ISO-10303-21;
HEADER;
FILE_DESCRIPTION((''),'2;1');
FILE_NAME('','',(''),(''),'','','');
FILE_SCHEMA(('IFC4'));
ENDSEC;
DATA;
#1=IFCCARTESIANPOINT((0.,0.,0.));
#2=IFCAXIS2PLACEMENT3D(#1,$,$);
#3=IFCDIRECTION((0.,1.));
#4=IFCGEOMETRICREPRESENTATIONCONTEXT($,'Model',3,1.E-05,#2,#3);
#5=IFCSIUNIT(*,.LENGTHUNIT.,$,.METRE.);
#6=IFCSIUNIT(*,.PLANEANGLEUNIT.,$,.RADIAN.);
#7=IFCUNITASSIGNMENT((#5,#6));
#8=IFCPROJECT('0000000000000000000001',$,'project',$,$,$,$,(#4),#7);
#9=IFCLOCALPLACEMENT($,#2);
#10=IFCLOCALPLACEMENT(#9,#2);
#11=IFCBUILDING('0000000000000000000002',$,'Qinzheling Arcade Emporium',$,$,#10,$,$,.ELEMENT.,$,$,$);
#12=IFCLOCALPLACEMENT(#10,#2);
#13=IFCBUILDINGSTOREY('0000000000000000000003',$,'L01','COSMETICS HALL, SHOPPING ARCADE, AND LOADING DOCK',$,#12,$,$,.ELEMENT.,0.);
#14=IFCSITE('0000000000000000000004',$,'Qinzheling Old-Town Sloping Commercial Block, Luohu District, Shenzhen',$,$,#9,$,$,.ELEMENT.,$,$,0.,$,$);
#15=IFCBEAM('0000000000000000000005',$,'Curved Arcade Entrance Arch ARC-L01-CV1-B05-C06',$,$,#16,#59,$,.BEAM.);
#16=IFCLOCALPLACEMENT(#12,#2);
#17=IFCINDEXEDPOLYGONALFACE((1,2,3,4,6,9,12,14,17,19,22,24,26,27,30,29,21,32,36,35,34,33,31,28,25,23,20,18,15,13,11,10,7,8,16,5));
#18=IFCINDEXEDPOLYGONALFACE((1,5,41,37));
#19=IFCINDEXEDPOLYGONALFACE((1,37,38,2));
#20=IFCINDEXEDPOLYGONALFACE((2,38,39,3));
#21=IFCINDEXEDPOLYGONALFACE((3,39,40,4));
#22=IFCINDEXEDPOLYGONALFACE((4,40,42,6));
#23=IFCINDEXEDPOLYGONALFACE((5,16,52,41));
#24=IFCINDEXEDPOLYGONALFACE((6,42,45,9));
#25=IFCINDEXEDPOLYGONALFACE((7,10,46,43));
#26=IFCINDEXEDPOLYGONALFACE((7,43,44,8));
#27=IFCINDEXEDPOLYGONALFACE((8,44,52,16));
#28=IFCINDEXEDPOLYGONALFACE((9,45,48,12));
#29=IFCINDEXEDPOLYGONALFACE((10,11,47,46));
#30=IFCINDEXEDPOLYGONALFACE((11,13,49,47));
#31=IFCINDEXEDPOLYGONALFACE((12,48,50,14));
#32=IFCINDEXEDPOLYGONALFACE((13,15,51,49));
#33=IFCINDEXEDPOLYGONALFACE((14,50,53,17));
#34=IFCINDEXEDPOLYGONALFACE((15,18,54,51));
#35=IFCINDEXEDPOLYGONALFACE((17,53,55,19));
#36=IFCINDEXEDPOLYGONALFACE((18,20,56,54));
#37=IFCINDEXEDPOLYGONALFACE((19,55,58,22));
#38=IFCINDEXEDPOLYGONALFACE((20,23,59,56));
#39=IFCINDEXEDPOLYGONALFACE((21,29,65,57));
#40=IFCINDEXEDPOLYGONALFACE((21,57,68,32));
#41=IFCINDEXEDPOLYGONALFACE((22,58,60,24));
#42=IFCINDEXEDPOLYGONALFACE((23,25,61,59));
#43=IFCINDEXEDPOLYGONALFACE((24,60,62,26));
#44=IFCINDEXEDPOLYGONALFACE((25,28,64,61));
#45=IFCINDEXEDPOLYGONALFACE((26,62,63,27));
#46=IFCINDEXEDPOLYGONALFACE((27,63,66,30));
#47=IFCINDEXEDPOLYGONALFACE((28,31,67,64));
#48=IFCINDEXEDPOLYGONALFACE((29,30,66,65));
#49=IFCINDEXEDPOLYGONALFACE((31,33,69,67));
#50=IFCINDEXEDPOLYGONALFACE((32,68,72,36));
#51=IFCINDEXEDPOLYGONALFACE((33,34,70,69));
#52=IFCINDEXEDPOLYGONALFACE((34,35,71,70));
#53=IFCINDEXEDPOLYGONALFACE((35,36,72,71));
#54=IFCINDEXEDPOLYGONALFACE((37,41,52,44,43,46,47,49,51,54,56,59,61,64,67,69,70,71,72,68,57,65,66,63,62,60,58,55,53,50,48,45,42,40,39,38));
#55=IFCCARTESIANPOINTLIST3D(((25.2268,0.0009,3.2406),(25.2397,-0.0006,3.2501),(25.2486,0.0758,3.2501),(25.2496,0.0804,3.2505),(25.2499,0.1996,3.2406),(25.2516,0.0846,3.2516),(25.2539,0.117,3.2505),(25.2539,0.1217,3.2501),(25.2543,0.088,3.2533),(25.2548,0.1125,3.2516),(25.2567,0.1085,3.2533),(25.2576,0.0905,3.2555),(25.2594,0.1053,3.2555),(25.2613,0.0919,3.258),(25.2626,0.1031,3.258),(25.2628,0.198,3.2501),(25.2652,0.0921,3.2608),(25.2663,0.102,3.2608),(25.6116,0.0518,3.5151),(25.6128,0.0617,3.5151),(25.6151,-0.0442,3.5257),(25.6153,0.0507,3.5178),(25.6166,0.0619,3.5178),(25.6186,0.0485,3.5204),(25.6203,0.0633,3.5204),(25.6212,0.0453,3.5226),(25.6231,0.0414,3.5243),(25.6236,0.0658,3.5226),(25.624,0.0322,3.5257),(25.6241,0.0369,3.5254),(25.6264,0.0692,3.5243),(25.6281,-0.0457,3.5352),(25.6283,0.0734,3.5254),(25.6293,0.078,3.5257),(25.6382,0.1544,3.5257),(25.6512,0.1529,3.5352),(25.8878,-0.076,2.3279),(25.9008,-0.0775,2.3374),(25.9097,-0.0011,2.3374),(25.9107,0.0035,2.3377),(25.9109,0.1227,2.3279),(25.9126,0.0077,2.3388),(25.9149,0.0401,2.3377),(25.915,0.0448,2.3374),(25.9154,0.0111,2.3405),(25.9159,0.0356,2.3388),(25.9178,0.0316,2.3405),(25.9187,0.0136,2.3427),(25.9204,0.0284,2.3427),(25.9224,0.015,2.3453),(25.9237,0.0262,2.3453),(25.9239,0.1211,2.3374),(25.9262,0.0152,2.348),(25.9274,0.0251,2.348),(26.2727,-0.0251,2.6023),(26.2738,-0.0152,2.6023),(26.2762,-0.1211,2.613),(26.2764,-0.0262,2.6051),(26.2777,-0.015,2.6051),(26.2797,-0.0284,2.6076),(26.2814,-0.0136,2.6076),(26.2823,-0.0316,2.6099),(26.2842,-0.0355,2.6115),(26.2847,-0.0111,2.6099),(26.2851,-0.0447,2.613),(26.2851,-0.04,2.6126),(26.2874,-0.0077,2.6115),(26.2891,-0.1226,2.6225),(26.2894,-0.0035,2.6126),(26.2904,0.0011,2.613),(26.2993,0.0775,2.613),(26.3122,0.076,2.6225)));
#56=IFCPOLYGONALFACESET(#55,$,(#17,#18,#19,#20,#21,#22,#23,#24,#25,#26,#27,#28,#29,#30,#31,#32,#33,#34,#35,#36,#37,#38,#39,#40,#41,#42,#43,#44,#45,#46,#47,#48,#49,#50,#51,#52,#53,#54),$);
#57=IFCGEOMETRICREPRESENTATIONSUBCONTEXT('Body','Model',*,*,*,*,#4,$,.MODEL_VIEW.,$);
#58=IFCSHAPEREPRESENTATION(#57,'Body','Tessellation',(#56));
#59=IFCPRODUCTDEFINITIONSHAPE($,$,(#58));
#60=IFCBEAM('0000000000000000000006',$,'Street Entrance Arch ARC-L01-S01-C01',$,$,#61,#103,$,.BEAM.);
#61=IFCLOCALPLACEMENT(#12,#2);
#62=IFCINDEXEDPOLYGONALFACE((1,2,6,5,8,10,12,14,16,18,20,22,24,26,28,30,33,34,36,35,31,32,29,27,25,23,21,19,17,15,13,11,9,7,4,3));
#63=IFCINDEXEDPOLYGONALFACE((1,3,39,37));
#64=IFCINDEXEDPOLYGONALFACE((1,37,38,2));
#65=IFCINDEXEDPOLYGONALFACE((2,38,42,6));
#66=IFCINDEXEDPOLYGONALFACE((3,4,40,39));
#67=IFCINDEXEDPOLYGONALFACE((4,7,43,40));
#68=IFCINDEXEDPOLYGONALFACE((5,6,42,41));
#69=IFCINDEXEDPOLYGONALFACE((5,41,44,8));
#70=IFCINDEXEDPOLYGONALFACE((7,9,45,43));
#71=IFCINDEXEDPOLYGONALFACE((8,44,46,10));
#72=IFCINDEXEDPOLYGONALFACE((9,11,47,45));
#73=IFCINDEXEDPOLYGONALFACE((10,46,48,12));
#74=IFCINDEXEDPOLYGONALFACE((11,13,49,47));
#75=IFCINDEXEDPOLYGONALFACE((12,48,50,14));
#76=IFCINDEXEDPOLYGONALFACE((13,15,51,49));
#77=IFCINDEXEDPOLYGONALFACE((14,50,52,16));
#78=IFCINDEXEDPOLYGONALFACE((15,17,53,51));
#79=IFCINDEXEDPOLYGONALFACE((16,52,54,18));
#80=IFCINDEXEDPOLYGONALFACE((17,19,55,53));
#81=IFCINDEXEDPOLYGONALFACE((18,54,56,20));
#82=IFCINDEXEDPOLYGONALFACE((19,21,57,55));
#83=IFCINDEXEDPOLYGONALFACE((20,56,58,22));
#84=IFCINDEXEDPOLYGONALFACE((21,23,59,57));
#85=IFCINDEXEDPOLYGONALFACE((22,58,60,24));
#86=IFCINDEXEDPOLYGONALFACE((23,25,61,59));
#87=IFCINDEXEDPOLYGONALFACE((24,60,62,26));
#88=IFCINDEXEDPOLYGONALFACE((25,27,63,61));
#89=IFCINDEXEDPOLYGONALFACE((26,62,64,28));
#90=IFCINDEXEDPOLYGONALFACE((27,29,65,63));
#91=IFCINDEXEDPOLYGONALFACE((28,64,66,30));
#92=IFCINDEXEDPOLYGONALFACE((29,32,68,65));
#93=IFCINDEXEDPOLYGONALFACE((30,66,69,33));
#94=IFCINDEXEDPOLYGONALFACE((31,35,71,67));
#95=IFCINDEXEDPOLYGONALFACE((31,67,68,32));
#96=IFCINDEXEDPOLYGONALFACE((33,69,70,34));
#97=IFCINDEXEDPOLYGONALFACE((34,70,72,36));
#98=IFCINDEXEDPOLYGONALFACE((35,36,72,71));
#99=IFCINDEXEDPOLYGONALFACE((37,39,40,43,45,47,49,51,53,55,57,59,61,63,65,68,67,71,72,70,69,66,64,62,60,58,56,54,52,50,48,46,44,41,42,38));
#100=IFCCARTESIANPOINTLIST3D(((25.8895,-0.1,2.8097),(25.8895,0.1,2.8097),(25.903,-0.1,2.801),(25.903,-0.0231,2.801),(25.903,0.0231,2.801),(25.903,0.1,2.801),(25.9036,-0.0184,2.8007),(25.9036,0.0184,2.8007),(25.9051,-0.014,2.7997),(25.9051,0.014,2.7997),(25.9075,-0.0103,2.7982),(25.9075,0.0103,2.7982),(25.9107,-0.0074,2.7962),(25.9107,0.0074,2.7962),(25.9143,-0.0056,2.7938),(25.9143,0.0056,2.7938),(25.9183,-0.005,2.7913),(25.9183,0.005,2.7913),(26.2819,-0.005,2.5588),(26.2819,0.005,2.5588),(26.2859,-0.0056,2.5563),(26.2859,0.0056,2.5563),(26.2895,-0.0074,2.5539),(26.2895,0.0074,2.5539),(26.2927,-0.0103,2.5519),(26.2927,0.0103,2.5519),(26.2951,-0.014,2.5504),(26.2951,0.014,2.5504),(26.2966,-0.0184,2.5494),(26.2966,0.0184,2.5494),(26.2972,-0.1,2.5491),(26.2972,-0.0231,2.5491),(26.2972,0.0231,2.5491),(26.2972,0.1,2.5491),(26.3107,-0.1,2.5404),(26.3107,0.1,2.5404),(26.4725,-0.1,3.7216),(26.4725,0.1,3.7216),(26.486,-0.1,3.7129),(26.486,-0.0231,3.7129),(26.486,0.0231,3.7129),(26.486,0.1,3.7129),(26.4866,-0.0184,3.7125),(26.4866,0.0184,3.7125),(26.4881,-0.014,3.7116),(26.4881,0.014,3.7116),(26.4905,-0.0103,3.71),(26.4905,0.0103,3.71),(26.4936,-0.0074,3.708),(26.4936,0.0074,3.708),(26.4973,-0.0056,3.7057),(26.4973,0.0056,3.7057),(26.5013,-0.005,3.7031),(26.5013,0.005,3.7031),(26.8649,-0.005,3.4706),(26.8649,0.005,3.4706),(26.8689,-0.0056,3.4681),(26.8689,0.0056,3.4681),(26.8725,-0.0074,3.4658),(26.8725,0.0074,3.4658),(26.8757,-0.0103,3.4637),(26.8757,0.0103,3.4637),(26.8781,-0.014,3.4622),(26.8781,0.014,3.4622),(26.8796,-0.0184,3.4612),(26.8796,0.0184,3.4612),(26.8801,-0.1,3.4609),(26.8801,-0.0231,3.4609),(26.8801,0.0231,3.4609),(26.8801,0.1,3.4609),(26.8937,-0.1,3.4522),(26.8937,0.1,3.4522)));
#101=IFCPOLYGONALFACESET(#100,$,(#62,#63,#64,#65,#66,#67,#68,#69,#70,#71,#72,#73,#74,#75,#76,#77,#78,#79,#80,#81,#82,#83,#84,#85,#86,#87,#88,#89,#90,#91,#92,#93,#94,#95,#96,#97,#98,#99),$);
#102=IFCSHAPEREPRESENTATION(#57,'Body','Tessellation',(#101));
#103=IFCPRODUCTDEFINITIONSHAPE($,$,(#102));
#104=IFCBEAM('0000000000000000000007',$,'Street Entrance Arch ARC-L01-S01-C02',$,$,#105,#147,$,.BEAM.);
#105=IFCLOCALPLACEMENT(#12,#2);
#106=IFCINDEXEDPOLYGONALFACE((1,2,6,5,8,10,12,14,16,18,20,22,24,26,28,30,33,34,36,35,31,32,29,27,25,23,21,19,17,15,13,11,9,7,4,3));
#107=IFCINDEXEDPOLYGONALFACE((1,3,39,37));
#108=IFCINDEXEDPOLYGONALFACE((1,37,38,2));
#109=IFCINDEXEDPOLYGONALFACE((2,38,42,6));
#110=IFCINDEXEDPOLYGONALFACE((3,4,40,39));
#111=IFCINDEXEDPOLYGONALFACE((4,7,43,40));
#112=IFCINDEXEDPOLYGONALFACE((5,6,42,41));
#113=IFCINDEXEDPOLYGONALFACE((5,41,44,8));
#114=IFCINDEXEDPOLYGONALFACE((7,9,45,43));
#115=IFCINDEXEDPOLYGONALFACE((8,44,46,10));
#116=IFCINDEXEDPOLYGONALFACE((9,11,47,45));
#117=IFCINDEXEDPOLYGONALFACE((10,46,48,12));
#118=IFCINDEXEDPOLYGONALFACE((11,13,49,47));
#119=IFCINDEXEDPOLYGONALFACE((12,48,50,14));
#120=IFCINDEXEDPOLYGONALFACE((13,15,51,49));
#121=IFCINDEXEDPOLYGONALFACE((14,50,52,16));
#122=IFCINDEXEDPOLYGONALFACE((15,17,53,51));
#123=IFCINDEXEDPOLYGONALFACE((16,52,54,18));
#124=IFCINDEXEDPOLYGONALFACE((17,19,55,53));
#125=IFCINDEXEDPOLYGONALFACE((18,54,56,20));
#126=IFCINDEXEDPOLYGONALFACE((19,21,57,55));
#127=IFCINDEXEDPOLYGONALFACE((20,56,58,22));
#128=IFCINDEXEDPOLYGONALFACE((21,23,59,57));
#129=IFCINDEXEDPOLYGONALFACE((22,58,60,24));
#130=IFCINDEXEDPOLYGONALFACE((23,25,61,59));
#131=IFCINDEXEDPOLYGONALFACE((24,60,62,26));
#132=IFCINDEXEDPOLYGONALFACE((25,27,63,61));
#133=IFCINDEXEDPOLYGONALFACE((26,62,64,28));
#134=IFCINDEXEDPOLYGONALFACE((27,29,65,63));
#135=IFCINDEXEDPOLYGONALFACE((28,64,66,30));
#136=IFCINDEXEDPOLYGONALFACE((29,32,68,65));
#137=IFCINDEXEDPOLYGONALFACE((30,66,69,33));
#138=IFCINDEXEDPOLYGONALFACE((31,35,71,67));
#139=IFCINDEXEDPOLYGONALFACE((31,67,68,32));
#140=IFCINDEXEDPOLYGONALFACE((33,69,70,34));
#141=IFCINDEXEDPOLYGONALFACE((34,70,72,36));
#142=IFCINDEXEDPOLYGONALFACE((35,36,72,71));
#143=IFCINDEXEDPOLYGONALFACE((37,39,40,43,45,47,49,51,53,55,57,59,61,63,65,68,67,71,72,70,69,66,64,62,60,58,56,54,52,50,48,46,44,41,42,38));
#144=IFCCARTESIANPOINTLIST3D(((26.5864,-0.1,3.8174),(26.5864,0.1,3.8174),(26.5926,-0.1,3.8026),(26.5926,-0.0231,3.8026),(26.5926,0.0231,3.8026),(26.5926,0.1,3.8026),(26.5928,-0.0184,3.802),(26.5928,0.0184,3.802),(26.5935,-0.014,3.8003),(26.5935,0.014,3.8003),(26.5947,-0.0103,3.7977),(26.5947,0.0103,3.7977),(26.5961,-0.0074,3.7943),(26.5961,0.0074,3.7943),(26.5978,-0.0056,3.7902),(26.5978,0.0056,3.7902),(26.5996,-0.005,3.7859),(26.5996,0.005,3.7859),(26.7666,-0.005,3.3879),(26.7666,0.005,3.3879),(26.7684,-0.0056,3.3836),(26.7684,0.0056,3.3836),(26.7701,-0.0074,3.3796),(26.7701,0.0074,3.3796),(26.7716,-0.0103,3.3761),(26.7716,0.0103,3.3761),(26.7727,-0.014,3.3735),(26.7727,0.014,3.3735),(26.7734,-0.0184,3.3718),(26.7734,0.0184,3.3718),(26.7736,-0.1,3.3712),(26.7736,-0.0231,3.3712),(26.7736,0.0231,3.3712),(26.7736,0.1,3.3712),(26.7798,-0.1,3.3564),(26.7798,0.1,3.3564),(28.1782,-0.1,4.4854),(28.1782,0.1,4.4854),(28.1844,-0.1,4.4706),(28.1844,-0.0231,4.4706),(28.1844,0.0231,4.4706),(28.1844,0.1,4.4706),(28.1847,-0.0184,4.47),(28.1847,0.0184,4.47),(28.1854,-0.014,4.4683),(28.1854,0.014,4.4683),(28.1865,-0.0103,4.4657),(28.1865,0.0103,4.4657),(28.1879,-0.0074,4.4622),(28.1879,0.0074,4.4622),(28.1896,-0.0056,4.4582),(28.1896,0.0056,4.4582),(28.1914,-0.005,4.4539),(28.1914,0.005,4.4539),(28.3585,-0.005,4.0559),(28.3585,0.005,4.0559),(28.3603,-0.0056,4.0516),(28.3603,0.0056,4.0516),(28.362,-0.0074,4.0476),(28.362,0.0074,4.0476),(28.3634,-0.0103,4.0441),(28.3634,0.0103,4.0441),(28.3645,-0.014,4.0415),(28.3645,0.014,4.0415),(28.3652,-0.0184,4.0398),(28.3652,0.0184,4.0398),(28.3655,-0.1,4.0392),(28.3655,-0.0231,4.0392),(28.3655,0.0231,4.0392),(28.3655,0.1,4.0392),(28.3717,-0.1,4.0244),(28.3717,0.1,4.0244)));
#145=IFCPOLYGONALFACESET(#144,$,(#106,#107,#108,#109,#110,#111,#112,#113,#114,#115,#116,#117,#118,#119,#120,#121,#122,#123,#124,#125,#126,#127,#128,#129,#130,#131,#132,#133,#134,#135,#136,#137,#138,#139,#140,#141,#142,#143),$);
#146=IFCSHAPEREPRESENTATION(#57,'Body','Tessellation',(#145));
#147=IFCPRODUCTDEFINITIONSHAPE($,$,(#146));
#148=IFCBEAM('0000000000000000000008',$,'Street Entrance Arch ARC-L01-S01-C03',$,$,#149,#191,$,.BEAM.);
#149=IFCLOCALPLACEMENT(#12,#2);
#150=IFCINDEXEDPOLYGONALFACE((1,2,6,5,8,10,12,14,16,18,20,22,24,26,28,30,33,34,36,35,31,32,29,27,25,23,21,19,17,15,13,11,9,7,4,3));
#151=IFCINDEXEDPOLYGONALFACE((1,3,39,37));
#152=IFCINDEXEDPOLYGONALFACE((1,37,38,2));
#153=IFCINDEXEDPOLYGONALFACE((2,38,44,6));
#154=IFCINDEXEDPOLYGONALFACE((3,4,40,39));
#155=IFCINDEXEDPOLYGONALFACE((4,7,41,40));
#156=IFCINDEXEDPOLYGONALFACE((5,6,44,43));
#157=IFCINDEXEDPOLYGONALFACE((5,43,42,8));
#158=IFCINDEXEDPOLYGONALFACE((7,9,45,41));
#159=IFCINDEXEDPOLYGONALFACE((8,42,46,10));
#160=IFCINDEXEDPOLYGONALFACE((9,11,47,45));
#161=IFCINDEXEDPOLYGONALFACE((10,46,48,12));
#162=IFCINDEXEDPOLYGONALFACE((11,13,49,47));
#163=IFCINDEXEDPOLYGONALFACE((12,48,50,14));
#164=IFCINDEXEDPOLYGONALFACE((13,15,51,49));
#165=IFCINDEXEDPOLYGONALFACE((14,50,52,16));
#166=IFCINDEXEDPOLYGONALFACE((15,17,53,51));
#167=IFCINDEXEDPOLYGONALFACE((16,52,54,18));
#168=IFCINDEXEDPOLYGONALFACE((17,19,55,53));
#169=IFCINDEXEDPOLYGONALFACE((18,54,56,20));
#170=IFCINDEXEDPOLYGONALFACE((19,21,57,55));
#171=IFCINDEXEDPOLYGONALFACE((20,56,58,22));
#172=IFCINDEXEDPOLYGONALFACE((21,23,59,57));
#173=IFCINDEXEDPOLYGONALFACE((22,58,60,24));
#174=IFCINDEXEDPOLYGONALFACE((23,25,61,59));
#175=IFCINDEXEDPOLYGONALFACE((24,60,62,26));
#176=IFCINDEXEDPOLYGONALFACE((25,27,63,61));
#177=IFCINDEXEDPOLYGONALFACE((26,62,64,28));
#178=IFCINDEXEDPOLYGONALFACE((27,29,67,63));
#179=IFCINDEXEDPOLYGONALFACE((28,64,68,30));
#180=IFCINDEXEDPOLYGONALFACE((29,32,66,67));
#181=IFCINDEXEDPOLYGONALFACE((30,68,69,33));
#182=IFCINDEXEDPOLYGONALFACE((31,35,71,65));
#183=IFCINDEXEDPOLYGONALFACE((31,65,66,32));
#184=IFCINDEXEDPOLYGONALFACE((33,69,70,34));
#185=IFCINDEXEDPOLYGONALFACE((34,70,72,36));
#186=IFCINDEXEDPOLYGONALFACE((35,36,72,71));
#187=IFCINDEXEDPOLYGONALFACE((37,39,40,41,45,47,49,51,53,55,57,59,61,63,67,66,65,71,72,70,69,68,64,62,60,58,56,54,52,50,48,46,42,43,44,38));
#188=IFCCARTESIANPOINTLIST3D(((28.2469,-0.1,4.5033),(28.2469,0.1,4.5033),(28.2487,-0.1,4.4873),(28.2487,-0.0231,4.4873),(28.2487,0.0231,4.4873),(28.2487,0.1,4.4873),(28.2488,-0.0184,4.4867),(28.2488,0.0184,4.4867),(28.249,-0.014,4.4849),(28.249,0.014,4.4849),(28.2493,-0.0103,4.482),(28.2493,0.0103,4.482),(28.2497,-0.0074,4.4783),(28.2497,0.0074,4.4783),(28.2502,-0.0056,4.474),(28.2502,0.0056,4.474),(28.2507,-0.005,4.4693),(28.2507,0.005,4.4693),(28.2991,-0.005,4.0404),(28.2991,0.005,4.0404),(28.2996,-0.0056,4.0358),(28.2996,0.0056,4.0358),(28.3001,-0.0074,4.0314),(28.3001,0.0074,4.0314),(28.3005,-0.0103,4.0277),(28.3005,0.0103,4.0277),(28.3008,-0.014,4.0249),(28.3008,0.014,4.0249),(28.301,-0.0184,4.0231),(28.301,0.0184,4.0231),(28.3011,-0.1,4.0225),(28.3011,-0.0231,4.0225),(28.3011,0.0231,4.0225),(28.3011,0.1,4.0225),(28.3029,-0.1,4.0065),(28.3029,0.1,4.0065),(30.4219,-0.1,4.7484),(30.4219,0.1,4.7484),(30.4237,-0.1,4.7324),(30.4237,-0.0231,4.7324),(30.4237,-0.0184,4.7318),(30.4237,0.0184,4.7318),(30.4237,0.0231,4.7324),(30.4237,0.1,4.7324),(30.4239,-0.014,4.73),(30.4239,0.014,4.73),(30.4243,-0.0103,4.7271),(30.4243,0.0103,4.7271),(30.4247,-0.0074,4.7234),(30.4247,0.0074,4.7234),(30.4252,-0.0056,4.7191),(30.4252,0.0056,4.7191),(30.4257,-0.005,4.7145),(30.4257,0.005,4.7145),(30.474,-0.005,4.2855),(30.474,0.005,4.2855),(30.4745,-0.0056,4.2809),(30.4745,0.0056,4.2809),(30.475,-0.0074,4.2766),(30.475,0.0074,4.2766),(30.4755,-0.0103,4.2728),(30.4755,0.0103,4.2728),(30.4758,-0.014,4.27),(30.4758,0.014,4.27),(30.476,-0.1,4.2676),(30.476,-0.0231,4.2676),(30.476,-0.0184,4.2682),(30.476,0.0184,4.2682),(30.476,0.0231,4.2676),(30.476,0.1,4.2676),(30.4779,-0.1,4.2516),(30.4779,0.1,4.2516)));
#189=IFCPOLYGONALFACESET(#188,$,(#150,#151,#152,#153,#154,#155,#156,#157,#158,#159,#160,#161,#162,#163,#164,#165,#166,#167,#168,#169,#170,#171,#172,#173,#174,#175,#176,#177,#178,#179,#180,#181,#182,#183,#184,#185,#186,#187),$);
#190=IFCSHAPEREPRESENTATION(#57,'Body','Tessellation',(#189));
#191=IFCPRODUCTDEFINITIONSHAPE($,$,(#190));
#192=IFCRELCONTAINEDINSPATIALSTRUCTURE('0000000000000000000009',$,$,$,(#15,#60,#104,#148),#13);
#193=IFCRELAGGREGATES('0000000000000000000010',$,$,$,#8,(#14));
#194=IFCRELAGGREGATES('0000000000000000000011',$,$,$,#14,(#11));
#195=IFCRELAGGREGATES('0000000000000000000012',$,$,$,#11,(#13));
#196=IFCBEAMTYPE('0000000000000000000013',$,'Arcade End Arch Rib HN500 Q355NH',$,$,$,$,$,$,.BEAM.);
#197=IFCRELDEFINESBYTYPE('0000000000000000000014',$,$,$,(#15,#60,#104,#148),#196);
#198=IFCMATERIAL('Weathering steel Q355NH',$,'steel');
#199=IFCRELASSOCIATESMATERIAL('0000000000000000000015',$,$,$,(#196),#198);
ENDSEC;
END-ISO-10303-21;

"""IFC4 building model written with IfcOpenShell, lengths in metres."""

from ifc_helpers import new_model, si_unit, direction, frame, origin, origin_2d, place, context, subcontext, project, spatial, i_section, extrude, material, material_profile, profile_set, type_object, element, save


model = new_model("IFC4")

# Units and contexts
model_context = context("Model", 3, precision=1e-05, world=origin(), true_north=direction((0.0, 1.0)))
body_context = subcontext(model_context, "Body", "Model", "MODEL_VIEW")
ifc_project = project(units=[si_unit("LENGTHUNIT", "METRE"), si_unit("PLANEANGLEUNIT", "RADIAN")], contexts=[model_context])

# Site, building, storey
site_placement = place(None, origin())
site = spatial("IfcSite", under=ifc_project, at=site_placement, Name="Qinzheling Old-Town Sloping Commercial Block, Luohu District, Shenzhen", CompositionType="ELEMENT", RefElevation=0.0)
building_placement = place(site_placement, origin())
building = spatial("IfcBuilding", under=site, at=building_placement, Name="Qinzheling Arcade Emporium", CompositionType="ELEMENT")
storey_placement = place(building_placement, origin())
storey = spatial("IfcBuildingStorey", under=building, at=storey_placement, Name="L01", Description="COSMETICS HALL, SHOPPING ARCADE, AND LOADING DOCK", CompositionType="ELEMENT", Elevation=0.0)

# Beams
ifc_material_1 = material(Name="Weathering steel Q355NH", Category="steel")
ifc_material_profile_1 = material_profile(ifc_material_1, i_section(OverallWidth=0.2, OverallDepth=0.5, WebThickness=0.01, FlangeThickness=0.0161, FilletRadius=0.0181, at=origin_2d()), Name="HN 500x200x10x16", Category="steel")
ifc_profile_set_1 = profile_set([ifc_material_profile_1], Name="Weathering steel Q355NH")
beam_type_1 = type_object("IfcBeamType", Name="Arcade End Arch Rib HN500 Q355NH", PredefinedType="BEAM", material=ifc_profile_set_1)
beam_1_placement = place(storey_placement, frame((25.439, 0.0769, 3.3879), z_axis=(0.585213, -0.068073, -0.808017), x_axis=(0.115543, 0.993302, 0.0)))
element("IfcBeam", 1, at=beam_1_placement, inside=storey, type_object=beam_type_1, Name="Curved Arcade Entrance Arch ARC-L01-CV1-B05-C06", PredefinedType="BEAM", context=body_context, shape_type="SweptSolid", body=[
    extrude(i_section(OverallWidth=0.2, OverallDepth=0.5, WebThickness=0.01, FlangeThickness=0.0161, FilletRadius=0.0181, at=origin_2d()), origin(), (0.0, 0.0, 1.0), 1.1296),
])
beam_2_placement = place(storey_placement, frame((26.1001, 0.0, 2.675), z_axis=(0.53867, 0.0, 0.842517), x_axis=(0.0, 1.0, 0.0)))
element("IfcBeam", 2, at=beam_2_placement, inside=storey, type_object=beam_type_1, Name="Street Entrance Arch ARC-L01-S01-C01", PredefinedType="BEAM", context=body_context, shape_type="SweptSolid", body=[
    extrude(i_section(OverallWidth=0.2, OverallDepth=0.5, WebThickness=0.01, FlangeThickness=0.0161, FilletRadius=0.0181, at=origin_2d()), origin(), (0.0, 0.0, 1.0), 1.0823),
])
beam_3_placement = place(storey_placement, frame((26.6831, 0.0, 3.5869), z_axis=(0.922103, 0.0, 0.386944), x_axis=(0.0, 1.0, 0.0)))
element("IfcBeam", 3, at=beam_3_placement, inside=storey, type_object=beam_type_1, Name="Street Entrance Arch ARC-L01-S01-C02", PredefinedType="BEAM", context=body_context, shape_type="SweptSolid", body=[
    extrude(i_section(OverallWidth=0.2, OverallDepth=0.5, WebThickness=0.01, FlangeThickness=0.0161, FilletRadius=0.0181, at=origin_2d()), origin(), (0.0, 0.0, 1.0), 1.7263),
])
for number, where, z_axis, x_axis, name in (
    (4, (28.2749, 0.0, 4.2549), (0.99371, 0.0, 0.111986), (0.0, 1.0, 0.0), "Street Entrance Arch ARC-L01-S01-C03"),
):
    element("IfcBeam", number, at=place(storey_placement, frame(where, z_axis=z_axis, x_axis=x_axis)), inside=storey, type_object=beam_type_1, Name=name, PredefinedType="BEAM", context=body_context, shape_type="SweptSolid", body=[
        extrude(i_section(OverallWidth=0.2, OverallDepth=0.5, WebThickness=0.01, FlangeThickness=0.0161, FilletRadius=0.0181, at=origin_2d()), origin(), (0.0, 0.0, 1.0), 2.1887),
    ])

save(model, "model.ifc")
